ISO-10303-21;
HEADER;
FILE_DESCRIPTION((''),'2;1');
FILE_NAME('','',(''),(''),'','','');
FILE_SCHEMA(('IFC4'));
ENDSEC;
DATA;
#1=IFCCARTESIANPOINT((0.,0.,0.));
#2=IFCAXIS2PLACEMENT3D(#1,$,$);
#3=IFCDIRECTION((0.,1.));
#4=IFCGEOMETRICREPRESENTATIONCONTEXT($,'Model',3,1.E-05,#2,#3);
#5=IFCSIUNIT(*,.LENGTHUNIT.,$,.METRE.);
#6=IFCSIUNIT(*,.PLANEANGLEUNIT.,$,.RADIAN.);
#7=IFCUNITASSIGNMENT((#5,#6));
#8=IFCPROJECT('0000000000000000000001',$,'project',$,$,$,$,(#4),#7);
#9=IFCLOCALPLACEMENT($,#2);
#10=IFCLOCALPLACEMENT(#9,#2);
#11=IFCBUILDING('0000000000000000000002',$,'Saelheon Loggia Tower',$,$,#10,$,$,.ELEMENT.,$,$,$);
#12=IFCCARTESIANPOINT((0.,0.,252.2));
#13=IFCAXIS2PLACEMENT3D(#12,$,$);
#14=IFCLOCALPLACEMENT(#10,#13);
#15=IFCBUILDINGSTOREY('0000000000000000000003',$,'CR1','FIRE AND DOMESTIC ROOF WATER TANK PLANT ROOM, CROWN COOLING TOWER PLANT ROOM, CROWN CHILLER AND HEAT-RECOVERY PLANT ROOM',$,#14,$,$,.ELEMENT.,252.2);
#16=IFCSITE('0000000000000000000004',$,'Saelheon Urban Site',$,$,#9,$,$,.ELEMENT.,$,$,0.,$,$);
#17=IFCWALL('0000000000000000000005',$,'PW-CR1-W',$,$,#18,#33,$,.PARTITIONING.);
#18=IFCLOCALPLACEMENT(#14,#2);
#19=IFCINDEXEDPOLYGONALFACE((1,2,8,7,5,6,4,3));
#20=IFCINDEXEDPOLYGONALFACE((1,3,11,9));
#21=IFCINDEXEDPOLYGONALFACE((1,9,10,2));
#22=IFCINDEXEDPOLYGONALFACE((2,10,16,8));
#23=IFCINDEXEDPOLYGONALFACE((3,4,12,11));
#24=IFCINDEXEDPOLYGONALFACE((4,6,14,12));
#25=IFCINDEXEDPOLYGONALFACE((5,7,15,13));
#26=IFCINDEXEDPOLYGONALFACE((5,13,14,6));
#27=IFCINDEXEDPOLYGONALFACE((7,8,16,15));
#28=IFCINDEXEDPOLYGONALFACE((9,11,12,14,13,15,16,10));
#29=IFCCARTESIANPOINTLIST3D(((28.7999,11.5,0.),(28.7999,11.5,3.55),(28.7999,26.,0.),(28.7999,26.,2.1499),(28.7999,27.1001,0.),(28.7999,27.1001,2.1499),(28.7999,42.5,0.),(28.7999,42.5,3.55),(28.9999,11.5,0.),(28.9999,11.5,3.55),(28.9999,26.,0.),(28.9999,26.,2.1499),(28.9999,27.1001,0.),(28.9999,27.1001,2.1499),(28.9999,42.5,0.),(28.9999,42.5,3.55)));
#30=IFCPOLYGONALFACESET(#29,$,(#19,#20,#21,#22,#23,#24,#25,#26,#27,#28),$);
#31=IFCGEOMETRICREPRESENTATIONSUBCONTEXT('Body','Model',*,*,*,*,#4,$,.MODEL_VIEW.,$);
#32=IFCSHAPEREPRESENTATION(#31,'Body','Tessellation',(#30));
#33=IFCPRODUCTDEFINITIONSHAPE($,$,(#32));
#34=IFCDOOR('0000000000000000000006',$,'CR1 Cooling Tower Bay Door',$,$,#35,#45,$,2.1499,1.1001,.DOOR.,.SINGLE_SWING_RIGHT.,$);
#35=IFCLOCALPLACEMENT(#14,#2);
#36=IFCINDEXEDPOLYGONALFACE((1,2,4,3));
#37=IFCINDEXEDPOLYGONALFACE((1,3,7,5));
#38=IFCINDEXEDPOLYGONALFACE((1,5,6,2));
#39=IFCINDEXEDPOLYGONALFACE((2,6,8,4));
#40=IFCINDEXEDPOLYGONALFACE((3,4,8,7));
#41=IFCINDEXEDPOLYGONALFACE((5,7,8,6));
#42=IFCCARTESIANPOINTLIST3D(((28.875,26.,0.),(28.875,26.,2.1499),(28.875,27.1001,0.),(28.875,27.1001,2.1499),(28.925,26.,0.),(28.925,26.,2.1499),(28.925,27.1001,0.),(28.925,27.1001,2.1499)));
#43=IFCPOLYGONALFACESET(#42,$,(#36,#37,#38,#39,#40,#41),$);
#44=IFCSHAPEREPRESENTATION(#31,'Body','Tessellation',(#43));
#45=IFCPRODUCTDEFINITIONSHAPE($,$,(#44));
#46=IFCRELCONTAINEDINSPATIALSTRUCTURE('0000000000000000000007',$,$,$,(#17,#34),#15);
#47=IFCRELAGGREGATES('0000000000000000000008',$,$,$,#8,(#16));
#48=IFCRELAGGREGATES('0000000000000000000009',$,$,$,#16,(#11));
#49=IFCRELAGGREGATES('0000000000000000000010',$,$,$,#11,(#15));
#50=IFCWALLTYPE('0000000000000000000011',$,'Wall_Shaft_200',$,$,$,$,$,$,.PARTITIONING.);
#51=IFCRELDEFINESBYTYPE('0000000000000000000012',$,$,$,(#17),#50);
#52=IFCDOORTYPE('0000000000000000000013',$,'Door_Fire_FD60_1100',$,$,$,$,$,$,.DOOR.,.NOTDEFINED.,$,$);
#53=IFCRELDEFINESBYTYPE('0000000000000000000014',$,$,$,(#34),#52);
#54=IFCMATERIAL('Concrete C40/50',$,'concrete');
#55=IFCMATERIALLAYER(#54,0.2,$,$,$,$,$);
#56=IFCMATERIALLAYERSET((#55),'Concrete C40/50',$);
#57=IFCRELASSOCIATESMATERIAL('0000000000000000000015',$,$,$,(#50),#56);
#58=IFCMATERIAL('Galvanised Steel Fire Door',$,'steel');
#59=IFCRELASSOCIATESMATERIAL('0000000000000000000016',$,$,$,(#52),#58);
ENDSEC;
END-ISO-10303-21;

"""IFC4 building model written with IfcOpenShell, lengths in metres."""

from ifc_helpers import new_model, si_unit, direction, frame, frame_2d, origin, place, context, subcontext, project, spatial, rectangle, extrude, source, transform, mapped, material, layer, layer_set, type_object, element, fill, save


model = new_model("IFC4")

# Units and contexts
model_context = context("Model", 3, precision=1e-05, world=origin(), true_north=direction((0.0, 1.0)))
body_context = subcontext(model_context, "Body", "Model", "MODEL_VIEW")
ifc_project = project(units=[si_unit("LENGTHUNIT", "METRE"), si_unit("PLANEANGLEUNIT", "RADIAN")], contexts=[model_context])

# Site, building, storey
site_placement = place(None, origin())
site = spatial("IfcSite", under=ifc_project, at=site_placement, Name="Saelheon Urban Site", CompositionType="ELEMENT", RefElevation=0.0)
building_placement = place(site_placement, origin())
building = spatial("IfcBuilding", under=site, at=building_placement, Name="Saelheon Loggia Tower", CompositionType="ELEMENT")
storey_placement = place(building_placement, frame((0.0, 0.0, 252.2)))
storey = spatial("IfcBuildingStorey", under=building, at=storey_placement, Name="CR1", Description="FIRE AND DOMESTIC ROOF WATER TANK PLANT ROOM, CROWN COOLING TOWER PLANT ROOM, CROWN CHILLER AND HEAT-RECOVERY PLANT ROOM", CompositionType="ELEMENT", Elevation=252.2)

# Wall, opening, door
ifc_material_1 = material(Name="Concrete C40/50", Category="concrete")
ifc_layer_1 = layer(ifc_material_1, 0.2)
ifc_layer_set_1 = layer_set([ifc_layer_1], Name="Concrete C40/50")
wall_type = type_object("IfcWallType", Name="Wall_Shaft_200", PredefinedType="PARTITIONING", material=ifc_layer_set_1)
wall_placement = place(storey_placement, frame((28.8999, 11.5, 0.0), z_axis=(0.0, 0.0, 1.0), x_axis=(0.0, 1.0, 0.0)))
wall = element("IfcWall", 1, at=wall_placement, inside=storey, type_object=wall_type, Name="PW-CR1-W", PredefinedType="PARTITIONING", context=body_context, shape_type="SweptSolid", body=[
    extrude(rectangle(XDim=31.0, YDim=0.2, at=frame_2d((15.5, 0.0))), origin(), (0.0, 0.0, 1.0), 3.55),
])
opening_placement = place(wall_placement, frame((14.5, 0.0, 0.0)))
opening = element("IfcOpeningElement", 2, at=opening_placement, cuts=wall, PredefinedType="OPENING", context=body_context, shape_type="SweptSolid", body=[
    extrude(rectangle(XDim=1.1001, YDim=2.1499, at=frame_2d((0.55, 1.075))), frame((0.0, 0.1121, 0.0), z_axis=(0.0, -1.0, 0.0), x_axis=(1.0, 0.0, 0.0)), (0.0, 0.0, 1.0), 0.2239),
])
ifc_material_2 = material(Name="Galvanised Steel Fire Door", Category="steel")
door_type = type_object("IfcDoorType", Name="Door_Fire_FD60_1100", OperationType="NOTDEFINED", PredefinedType="DOOR", material=ifc_material_2)
shared_shape_1 = source(origin(), body_context, "Body", "SweptSolid", [
    extrude(rectangle(XDim=1.1001, YDim=2.1499, at=frame_2d((0.55, 1.075))), frame((0.0, 0.0249, 0.0), z_axis=(0.0, -1.0, 0.0), x_axis=(1.0, 0.0, 0.0)), (0.0, 0.0, 1.0), 0.05),
])
door_placement = place(opening_placement, origin())
door = element("IfcDoor", 3, at=door_placement, inside=storey, type_object=door_type, Name="CR1 Cooling Tower Bay Door", OperationType="SINGLE_SWING_RIGHT", OverallHeight=2.1499, OverallWidth=1.1001, PredefinedType="DOOR", context=body_context, shape_type="MappedRepresentation", body=[
    mapped(shared_shape_1, transform((0.0, 0.0, 0.0), scale=1.0)),
])
fill(opening, door)

save(model, "model.ifc")
